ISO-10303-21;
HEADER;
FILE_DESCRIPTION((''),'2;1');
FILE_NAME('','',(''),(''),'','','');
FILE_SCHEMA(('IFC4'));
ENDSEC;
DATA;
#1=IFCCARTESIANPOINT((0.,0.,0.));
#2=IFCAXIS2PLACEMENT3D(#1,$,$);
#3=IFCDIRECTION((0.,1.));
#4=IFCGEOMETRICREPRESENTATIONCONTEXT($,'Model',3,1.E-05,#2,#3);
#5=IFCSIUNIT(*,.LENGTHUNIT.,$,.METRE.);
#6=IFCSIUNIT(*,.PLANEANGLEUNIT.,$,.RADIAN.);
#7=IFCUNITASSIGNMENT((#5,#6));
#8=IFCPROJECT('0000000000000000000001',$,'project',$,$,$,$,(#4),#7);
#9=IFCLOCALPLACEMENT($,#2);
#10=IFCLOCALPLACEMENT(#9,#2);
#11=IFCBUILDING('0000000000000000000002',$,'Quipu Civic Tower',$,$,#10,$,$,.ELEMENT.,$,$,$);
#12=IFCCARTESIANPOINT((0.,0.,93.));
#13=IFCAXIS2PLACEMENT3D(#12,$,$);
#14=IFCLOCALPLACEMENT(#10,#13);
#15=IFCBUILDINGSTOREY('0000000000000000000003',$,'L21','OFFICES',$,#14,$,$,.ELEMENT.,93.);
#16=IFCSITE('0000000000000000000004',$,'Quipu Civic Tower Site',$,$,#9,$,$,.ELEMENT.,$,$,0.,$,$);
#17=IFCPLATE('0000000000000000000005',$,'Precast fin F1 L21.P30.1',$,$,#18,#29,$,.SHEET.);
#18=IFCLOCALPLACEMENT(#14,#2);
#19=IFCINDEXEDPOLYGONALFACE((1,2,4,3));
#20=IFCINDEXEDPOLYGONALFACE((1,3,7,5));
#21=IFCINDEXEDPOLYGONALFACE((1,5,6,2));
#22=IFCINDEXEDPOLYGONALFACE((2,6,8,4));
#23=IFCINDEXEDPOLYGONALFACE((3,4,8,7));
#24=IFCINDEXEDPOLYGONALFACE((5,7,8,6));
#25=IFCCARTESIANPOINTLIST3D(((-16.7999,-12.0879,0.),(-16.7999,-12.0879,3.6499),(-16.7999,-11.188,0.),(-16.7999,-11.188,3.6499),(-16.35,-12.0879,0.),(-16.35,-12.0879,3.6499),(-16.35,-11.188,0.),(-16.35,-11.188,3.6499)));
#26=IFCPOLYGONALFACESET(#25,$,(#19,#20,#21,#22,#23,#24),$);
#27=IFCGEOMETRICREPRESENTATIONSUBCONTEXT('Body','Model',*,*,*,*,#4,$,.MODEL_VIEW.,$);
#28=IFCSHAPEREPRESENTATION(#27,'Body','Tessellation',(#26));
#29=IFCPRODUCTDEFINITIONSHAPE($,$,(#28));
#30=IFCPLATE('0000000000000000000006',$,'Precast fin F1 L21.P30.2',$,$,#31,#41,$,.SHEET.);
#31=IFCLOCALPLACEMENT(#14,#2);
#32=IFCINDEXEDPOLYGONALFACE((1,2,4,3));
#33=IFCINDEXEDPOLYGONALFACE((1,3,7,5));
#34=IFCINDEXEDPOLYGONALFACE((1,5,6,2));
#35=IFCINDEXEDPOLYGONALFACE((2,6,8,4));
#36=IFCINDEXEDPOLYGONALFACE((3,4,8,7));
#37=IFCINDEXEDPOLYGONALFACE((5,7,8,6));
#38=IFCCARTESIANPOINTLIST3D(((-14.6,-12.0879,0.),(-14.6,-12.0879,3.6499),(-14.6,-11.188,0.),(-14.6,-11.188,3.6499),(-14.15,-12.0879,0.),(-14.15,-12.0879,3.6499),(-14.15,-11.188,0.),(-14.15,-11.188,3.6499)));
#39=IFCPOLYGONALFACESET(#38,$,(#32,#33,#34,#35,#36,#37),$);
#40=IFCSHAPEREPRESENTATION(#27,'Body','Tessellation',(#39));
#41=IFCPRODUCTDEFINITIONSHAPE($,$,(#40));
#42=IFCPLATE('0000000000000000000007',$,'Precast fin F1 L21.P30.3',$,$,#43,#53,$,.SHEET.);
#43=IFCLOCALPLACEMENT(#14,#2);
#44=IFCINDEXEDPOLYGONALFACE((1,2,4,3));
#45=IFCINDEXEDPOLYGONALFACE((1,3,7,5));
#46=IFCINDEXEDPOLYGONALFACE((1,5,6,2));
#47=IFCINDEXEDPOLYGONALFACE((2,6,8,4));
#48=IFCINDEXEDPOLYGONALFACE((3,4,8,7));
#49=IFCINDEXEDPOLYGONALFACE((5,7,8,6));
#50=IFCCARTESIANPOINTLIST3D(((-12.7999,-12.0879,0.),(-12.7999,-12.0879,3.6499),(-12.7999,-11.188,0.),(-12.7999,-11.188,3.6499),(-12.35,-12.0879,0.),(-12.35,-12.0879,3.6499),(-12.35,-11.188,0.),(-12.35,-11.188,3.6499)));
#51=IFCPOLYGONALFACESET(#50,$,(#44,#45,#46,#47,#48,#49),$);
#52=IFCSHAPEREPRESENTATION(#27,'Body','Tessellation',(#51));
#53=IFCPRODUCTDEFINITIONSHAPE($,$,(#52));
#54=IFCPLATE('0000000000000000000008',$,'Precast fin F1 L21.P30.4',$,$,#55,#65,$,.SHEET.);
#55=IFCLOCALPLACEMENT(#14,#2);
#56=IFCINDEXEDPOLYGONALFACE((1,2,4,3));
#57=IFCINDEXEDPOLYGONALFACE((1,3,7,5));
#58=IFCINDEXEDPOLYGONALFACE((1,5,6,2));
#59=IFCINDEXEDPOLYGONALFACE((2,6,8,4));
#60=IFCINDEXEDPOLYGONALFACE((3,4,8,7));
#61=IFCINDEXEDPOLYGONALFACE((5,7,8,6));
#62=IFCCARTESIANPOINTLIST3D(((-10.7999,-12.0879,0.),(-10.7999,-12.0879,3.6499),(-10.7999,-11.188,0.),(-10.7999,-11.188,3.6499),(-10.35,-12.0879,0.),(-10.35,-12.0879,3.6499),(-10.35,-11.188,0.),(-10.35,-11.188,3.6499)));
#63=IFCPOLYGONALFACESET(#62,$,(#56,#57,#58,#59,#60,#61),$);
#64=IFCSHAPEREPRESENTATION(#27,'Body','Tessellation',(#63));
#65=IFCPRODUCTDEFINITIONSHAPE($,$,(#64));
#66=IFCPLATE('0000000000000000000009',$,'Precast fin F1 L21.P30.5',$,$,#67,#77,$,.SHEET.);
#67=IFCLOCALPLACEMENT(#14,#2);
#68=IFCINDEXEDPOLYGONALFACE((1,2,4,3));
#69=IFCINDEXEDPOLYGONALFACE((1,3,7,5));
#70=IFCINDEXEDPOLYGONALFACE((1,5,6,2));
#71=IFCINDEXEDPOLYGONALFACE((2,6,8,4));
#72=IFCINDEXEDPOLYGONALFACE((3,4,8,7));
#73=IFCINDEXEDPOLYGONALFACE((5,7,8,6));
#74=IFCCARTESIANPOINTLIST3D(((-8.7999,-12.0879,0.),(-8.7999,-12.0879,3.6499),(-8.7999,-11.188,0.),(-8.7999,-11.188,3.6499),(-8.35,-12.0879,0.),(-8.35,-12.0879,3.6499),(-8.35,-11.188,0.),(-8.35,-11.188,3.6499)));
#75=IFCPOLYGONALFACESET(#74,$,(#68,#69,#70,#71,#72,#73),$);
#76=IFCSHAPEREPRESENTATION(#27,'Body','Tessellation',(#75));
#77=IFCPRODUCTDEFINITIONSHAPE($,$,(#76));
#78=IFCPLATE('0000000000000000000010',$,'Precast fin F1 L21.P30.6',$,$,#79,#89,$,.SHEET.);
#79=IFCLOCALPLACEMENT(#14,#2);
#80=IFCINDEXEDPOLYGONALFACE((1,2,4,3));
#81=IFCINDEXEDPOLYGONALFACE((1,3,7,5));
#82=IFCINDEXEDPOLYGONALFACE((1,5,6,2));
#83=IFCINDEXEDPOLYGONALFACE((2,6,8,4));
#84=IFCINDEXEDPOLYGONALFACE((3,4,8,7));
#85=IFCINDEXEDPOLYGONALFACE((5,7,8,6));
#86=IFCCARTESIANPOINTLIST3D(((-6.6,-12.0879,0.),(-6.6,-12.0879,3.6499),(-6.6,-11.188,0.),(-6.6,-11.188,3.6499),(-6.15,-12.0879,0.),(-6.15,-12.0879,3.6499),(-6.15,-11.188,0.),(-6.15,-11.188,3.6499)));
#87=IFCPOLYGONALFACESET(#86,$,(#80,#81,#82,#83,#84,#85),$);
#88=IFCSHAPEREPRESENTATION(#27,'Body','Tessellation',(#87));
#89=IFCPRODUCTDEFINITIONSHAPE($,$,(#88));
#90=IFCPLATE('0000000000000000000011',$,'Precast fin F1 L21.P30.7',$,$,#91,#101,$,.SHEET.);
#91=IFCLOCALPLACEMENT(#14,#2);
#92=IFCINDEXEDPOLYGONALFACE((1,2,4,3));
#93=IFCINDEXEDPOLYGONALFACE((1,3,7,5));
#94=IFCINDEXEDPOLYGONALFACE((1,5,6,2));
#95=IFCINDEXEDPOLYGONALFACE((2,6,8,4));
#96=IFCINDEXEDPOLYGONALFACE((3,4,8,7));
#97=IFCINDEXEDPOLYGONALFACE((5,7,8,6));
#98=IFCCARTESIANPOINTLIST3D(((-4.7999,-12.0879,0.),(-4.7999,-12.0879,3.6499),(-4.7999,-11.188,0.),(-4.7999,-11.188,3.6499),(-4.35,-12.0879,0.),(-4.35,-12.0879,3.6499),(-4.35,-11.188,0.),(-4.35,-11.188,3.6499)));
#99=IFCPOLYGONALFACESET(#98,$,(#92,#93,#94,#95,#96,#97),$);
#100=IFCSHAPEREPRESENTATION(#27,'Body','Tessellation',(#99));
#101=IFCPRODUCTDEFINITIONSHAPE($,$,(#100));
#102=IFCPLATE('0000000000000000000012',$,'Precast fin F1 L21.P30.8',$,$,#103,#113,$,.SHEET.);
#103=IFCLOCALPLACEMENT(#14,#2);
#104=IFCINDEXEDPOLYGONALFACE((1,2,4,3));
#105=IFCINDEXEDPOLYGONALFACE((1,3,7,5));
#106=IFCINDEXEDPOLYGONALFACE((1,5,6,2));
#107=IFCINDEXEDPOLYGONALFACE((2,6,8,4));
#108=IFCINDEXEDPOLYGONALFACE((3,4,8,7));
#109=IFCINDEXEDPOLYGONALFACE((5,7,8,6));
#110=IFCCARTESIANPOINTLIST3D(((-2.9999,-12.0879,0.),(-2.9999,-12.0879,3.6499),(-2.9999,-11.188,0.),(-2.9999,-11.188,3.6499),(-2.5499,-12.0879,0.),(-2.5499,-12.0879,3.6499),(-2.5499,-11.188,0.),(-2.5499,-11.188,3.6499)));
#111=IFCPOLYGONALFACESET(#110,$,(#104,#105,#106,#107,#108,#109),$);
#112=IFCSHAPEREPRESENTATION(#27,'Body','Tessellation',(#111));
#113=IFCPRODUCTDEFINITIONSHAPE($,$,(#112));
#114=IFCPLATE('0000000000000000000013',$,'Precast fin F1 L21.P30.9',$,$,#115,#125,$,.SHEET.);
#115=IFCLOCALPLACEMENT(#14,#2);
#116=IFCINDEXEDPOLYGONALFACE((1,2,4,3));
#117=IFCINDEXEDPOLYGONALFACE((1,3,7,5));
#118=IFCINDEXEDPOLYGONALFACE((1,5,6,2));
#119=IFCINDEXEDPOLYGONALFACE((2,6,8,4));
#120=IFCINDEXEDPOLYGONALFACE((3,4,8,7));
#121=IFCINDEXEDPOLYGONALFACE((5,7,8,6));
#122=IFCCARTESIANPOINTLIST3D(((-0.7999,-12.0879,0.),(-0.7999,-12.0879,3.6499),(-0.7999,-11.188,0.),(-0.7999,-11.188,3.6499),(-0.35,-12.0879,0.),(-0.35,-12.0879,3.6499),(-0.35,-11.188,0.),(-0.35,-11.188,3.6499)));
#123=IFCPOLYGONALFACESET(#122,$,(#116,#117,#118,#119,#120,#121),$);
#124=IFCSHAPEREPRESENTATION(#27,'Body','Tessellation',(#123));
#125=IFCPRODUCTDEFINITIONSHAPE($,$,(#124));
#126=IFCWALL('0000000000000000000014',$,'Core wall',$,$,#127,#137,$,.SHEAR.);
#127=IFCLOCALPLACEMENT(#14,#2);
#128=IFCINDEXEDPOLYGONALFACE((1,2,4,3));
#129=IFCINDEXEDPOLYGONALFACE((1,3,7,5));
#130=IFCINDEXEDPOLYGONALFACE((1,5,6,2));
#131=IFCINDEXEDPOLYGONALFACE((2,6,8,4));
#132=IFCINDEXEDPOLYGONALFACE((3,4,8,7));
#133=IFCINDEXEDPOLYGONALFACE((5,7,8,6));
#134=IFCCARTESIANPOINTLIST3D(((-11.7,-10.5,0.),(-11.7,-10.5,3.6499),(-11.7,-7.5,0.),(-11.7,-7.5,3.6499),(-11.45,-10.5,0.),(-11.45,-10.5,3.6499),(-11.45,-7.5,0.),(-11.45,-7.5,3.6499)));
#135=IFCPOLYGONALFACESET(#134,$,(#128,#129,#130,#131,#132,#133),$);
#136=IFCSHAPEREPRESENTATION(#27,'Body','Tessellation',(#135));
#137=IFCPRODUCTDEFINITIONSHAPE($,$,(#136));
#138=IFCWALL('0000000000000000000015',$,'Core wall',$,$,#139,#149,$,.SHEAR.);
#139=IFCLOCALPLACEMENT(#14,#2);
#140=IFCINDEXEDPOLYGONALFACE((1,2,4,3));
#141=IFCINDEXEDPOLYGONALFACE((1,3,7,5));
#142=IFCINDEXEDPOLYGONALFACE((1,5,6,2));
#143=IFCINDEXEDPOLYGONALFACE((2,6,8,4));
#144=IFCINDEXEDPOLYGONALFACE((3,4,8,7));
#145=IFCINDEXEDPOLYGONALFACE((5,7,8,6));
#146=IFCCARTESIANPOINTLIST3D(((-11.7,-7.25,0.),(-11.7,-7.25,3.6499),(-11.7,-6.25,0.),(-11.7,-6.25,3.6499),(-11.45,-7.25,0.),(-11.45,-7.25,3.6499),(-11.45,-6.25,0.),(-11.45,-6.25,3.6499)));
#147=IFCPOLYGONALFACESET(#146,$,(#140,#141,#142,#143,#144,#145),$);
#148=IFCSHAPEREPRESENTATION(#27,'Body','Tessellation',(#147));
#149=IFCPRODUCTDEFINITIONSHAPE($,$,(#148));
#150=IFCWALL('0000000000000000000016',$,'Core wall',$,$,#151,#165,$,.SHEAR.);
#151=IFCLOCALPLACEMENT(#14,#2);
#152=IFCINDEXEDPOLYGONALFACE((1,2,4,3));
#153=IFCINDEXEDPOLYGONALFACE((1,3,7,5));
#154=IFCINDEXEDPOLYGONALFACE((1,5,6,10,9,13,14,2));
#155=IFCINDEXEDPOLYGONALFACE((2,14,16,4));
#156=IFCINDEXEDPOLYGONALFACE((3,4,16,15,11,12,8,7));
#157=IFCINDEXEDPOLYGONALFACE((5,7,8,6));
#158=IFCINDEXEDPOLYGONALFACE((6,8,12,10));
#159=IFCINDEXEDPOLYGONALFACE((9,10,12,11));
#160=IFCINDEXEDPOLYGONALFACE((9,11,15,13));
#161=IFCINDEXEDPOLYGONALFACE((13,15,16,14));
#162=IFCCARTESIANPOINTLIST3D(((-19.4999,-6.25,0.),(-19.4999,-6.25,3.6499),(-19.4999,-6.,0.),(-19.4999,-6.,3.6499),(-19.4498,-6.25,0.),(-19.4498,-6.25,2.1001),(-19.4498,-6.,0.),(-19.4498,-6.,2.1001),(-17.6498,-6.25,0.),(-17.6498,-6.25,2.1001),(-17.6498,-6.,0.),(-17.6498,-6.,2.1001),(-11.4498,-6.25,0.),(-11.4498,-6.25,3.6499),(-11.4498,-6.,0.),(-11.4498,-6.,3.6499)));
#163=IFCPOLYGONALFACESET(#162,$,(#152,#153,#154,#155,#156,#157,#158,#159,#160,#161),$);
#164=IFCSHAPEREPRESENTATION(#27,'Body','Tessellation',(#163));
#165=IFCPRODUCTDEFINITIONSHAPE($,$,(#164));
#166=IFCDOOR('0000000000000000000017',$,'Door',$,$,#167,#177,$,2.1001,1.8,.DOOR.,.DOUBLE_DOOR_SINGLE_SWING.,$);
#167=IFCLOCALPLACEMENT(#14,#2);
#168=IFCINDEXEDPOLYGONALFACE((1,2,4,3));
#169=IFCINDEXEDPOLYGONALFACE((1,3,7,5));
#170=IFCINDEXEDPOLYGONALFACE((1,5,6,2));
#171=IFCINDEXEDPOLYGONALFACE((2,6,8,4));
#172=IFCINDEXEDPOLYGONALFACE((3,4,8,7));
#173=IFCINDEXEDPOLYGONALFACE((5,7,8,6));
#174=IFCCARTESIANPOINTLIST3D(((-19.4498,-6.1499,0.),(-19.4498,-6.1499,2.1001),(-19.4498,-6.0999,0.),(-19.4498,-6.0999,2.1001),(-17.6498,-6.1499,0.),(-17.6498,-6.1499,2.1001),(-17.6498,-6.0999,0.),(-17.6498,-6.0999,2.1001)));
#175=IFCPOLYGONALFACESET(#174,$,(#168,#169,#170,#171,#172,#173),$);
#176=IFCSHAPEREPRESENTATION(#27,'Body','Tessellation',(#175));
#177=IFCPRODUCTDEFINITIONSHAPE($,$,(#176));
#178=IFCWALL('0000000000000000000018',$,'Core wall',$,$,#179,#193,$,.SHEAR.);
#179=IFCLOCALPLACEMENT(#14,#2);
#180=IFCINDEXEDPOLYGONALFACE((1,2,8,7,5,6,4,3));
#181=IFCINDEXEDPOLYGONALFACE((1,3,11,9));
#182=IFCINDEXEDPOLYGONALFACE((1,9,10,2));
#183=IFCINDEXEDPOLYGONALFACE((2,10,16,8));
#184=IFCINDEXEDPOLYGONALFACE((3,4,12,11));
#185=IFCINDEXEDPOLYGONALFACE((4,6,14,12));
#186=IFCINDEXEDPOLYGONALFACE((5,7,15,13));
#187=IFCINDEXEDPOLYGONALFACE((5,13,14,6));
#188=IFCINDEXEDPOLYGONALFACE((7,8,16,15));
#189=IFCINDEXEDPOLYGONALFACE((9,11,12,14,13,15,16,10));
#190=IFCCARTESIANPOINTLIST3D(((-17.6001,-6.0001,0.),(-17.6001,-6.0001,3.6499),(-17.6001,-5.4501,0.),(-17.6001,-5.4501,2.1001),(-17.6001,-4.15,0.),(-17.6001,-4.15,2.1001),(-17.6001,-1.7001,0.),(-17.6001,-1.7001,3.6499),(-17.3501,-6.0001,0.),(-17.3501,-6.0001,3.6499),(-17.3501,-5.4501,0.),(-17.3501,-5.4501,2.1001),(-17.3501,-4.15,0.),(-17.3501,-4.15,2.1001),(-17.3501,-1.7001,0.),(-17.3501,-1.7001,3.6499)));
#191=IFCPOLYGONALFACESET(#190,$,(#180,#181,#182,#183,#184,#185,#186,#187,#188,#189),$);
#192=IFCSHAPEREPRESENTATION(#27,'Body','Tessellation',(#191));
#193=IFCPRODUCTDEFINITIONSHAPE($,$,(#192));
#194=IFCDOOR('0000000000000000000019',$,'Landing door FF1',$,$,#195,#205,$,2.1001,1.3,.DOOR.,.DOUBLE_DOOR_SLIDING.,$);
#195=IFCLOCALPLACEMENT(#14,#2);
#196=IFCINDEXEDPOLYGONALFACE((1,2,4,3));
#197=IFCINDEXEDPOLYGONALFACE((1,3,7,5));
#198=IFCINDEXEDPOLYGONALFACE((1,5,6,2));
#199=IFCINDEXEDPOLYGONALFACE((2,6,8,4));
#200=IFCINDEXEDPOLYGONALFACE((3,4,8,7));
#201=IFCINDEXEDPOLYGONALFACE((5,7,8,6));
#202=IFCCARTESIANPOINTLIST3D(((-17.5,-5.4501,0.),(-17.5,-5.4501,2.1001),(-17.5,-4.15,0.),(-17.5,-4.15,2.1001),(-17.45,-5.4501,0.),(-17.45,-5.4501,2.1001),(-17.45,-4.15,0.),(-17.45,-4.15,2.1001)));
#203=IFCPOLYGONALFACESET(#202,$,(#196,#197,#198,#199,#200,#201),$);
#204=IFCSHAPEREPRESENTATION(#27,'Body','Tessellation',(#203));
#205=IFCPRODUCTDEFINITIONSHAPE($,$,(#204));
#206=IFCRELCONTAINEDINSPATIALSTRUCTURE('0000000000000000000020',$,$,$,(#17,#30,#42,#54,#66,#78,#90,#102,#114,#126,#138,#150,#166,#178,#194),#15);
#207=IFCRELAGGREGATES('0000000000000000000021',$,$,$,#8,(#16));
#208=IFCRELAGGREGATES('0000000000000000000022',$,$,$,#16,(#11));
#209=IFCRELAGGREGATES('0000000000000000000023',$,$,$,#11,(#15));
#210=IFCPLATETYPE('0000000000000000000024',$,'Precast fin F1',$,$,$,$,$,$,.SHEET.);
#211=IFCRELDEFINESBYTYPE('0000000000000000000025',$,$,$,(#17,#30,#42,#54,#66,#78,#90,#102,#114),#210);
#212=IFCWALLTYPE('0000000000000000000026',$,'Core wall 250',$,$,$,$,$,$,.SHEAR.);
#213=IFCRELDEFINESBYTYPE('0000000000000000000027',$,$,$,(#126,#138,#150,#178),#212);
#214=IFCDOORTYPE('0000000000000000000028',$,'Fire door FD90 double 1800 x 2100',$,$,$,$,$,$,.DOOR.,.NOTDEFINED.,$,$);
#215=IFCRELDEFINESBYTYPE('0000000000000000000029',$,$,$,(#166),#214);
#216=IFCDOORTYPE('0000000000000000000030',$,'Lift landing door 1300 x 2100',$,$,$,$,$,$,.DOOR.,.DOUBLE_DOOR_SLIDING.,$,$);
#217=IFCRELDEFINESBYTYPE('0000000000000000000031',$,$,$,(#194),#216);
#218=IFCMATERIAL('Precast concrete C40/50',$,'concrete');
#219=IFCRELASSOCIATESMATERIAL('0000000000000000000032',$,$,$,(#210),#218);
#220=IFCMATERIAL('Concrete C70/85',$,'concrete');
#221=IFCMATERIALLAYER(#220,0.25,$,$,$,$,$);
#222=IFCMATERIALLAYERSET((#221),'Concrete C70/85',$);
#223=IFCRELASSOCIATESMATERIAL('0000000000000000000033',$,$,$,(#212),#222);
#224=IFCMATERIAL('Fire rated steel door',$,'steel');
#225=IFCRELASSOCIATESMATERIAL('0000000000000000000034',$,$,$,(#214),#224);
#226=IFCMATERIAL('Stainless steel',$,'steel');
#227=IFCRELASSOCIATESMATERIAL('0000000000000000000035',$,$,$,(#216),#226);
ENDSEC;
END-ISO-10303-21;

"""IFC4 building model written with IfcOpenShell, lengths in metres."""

from ifc_helpers import new_model, si_unit, direction, frame, frame_2d, origin, origin_2d, place, context, subcontext, project, spatial, rectangle, extrude, material, layer, layer_set, type_object, element, fill, save


model = new_model("IFC4")

# Units and contexts
model_context = context("Model", 3, precision=1e-05, world=origin(), true_north=direction((0.0, 1.0)))
body_context = subcontext(model_context, "Body", "Model", "MODEL_VIEW")
ifc_project = project(units=[si_unit("LENGTHUNIT", "METRE"), si_unit("PLANEANGLEUNIT", "RADIAN")], contexts=[model_context])

# Site, building, storey
site_placement = place(None, origin())
site = spatial("IfcSite", under=ifc_project, at=site_placement, Name="Quipu Civic Tower Site", CompositionType="ELEMENT", RefElevation=0.0)
building_placement = place(site_placement, origin())
building = spatial("IfcBuilding", under=site, at=building_placement, Name="Quipu Civic Tower", CompositionType="ELEMENT")
storey_placement = place(building_placement, frame((0.0, 0.0, 93.0)))
storey = spatial("IfcBuildingStorey", under=building, at=storey_placement, Name="L21", Description="OFFICES", CompositionType="ELEMENT", Elevation=93.0)

# Plates
ifc_material_1 = material(Name="Precast concrete C40/50", Category="concrete")
plate_type = type_object("IfcPlateType", Name="Precast fin F1", PredefinedType="SHEET", material=ifc_material_1)
for number, where, z_axis, x_axis, name in (
    (1, (-16.575, -11.6379, 0.0), (0.0, 0.0, 1.0), (1.0, 0.0, 0.0), "Precast fin F1 L21.P30.1"),
    (2, (-14.375, -11.6379, 0.0), (0.0, 0.0, 1.0), (1.0, 0.0, 0.0), "Precast fin F1 L21.P30.2"),
    (3, (-12.575, -11.6379, 0.0), (0.0, 0.0, 1.0), (1.0, 0.0, 0.0), "Precast fin F1 L21.P30.3"),
    (4, (-10.575, -11.6379, 0.0), (0.0, 0.0, 1.0), (1.0, 0.0, 0.0), "Precast fin F1 L21.P30.4"),
    (5, (-8.575, -11.6379, 0.0), (0.0, 0.0, 1.0), (1.0, 0.0, 0.0), "Precast fin F1 L21.P30.5"),
    (6, (-6.375, -11.6379, 0.0), (0.0, 0.0, 1.0), (1.0, 0.0, 0.0), "Precast fin F1 L21.P30.6"),
    (7, (-4.575, -11.6379, 0.0), (0.0, 0.0, 1.0), (1.0, 0.0, 0.0), "Precast fin F1 L21.P30.7"),
    (8, (-2.7749, -11.6379, 0.0), (0.0, 0.0, 1.0), (1.0, 0.0, 0.0), "Precast fin F1 L21.P30.8"),
    (9, (-0.575, -11.6379, 0.0), (0.0, 0.0, 1.0), (1.0, 0.0, 0.0), "Precast fin F1 L21.P30.9"),
):
    element("IfcPlate", number, at=place(storey_placement, frame(where, z_axis=z_axis, x_axis=x_axis)), inside=storey, type_object=plate_type, Name=name, PredefinedType="SHEET", context=body_context, shape_type="SweptSolid", body=[
        extrude(rectangle(XDim=0.45, YDim=0.8999, at=origin_2d()), origin(), (0.0, 0.0, 1.0), 3.6499),
    ])

# Walls
ifc_material_2 = material(Name="Concrete C70/85", Category="concrete")
ifc_layer_1 = layer(ifc_material_2, 0.25)
ifc_layer_set_1 = layer_set([ifc_layer_1], Name="Concrete C70/85")
wall_type_1 = type_object("IfcWallType", Name="Core wall 250", PredefinedType="SHEAR", material=ifc_layer_set_1)
wall_1_placement = place(storey_placement, frame((-11.575, -10.5, 0.0), z_axis=(0.0, 0.0, 1.0), x_axis=(0.0, 1.0, 0.0)))
element("IfcWall", 10, at=wall_1_placement, inside=storey, type_object=wall_type_1, Name="Core wall", PredefinedType="SHEAR", context=body_context, shape_type="SweptSolid", body=[
    extrude(rectangle(XDim=3.0, YDim=0.25, at=frame_2d((1.5, 0.0))), origin(), (0.0, 0.0, 1.0), 3.6499),
])
wall_2_placement = place(storey_placement, frame((-11.575, -7.25, 0.0), z_axis=(0.0, 0.0, 1.0), x_axis=(0.0, 1.0, 0.0)))
element("IfcWall", 11, at=wall_2_placement, inside=storey, type_object=wall_type_1, Name="Core wall", PredefinedType="SHEAR", context=body_context, shape_type="SweptSolid", body=[
    extrude(rectangle(XDim=1.0, YDim=0.25, at=frame_2d((0.5, 0.0))), origin(), (0.0, 0.0, 1.0), 3.6499),
])

# Walls, openings, doors
wall_3_placement = place(storey_placement, frame((-11.45, -6.125, 0.0), z_axis=(0.0, 0.0, 1.0), x_axis=(-1.0, 0.0, 0.0)))
wall_3 = element("IfcWall", 12, at=wall_3_placement, inside=storey, type_object=wall_type_1, Name="Core wall", PredefinedType="SHEAR", context=body_context, shape_type="SweptSolid", body=[
    extrude(rectangle(XDim=8.05, YDim=0.25, at=frame_2d((4.0249, 0.0))), origin(), (0.0, 0.0, 1.0), 3.6499),
])
opening_1_placement = place(wall_3_placement, frame((6.2, 0.0, 0.0)))
opening_1 = element("IfcOpeningElement", 13, at=opening_1_placement, cuts=wall_3, PredefinedType="OPENING", context=body_context, shape_type="SweptSolid", body=[
    extrude(rectangle(XDim=1.8, YDim=2.1001, at=frame_2d((0.8999, 1.05))), frame((0.0, 0.135, 0.0), z_axis=(0.0, -1.0, 0.0), x_axis=(1.0, 0.0, 0.0)), (0.0, 0.0, 1.0), 0.27),
])
ifc_material_3 = material(Name="Fire rated steel door", Category="steel")
door_type_1 = type_object("IfcDoorType", Name="Fire door FD90 double 1800 x 2100", OperationType="NOTDEFINED", PredefinedType="DOOR", material=ifc_material_3)
door_1_placement = place(opening_1_placement, origin())
door_1 = element("IfcDoor", 14, at=door_1_placement, inside=storey, type_object=door_type_1, Name="Door", OperationType="DOUBLE_DOOR_SINGLE_SWING", OverallHeight=2.1001, OverallWidth=1.8, PredefinedType="DOOR", context=body_context, shape_type="SweptSolid", body=[
    extrude(rectangle(XDim=1.8, YDim=2.1001, at=frame_2d((0.8999, 1.05))), frame((0.0, 0.0249, 0.0), z_axis=(0.0, -1.0, 0.0), x_axis=(1.0, 0.0, 0.0)), (0.0, 0.0, 1.0), 0.05),
])
fill(opening_1, door_1)
wall_4_placement = place(storey_placement, frame((-17.4751, -6.0, 0.0), z_axis=(0.0, 0.0, 1.0), x_axis=(0.0, 1.0, 0.0)))
wall_4 = element("IfcWall", 15, at=wall_4_placement, inside=storey, type_object=wall_type_1, Name="Core wall", PredefinedType="SHEAR", context=body_context, shape_type="SweptSolid", body=[
    extrude(rectangle(XDim=4.3, YDim=0.25, at=frame_2d((2.1499, 0.0))), origin(), (0.0, 0.0, 1.0), 3.6499),
])
opening_2_placement = place(wall_4_placement, frame((0.55, 0.0, 0.0)))
opening_2 = element("IfcOpeningElement", 16, at=opening_2_placement, cuts=wall_4, PredefinedType="OPENING", context=body_context, shape_type="SweptSolid", body=[
    extrude(rectangle(XDim=1.3, YDim=2.1001, at=frame_2d((0.6499, 1.05))), frame((0.0, 0.135, 0.0), z_axis=(0.0, -1.0, 0.0), x_axis=(1.0, 0.0, 0.0)), (0.0, 0.0, 1.0), 0.27),
])
ifc_material_4 = material(Name="Stainless steel", Category="steel")
door_type_2 = type_object("IfcDoorType", Name="Lift landing door 1300 x 2100", OperationType="DOUBLE_DOOR_SLIDING", PredefinedType="DOOR", material=ifc_material_4)
door_2_placement = place(opening_2_placement, origin())
door_2 = element("IfcDoor", 17, at=door_2_placement, inside=storey, type_object=door_type_2, Name="Landing door FF1", OperationType="DOUBLE_DOOR_SLIDING", OverallHeight=2.1001, OverallWidth=1.3, PredefinedType="DOOR", context=body_context, shape_type="SweptSolid", body=[
    extrude(rectangle(XDim=1.3, YDim=2.1001, at=frame_2d((0.6499, 1.05))), frame((0.0, 0.0249, 0.0), z_axis=(0.0, -1.0, 0.0), x_axis=(1.0, 0.0, 0.0)), (0.0, 0.0, 1.0), 0.05),
])
fill(opening_2, door_2)

save(model, "model.ifc")
